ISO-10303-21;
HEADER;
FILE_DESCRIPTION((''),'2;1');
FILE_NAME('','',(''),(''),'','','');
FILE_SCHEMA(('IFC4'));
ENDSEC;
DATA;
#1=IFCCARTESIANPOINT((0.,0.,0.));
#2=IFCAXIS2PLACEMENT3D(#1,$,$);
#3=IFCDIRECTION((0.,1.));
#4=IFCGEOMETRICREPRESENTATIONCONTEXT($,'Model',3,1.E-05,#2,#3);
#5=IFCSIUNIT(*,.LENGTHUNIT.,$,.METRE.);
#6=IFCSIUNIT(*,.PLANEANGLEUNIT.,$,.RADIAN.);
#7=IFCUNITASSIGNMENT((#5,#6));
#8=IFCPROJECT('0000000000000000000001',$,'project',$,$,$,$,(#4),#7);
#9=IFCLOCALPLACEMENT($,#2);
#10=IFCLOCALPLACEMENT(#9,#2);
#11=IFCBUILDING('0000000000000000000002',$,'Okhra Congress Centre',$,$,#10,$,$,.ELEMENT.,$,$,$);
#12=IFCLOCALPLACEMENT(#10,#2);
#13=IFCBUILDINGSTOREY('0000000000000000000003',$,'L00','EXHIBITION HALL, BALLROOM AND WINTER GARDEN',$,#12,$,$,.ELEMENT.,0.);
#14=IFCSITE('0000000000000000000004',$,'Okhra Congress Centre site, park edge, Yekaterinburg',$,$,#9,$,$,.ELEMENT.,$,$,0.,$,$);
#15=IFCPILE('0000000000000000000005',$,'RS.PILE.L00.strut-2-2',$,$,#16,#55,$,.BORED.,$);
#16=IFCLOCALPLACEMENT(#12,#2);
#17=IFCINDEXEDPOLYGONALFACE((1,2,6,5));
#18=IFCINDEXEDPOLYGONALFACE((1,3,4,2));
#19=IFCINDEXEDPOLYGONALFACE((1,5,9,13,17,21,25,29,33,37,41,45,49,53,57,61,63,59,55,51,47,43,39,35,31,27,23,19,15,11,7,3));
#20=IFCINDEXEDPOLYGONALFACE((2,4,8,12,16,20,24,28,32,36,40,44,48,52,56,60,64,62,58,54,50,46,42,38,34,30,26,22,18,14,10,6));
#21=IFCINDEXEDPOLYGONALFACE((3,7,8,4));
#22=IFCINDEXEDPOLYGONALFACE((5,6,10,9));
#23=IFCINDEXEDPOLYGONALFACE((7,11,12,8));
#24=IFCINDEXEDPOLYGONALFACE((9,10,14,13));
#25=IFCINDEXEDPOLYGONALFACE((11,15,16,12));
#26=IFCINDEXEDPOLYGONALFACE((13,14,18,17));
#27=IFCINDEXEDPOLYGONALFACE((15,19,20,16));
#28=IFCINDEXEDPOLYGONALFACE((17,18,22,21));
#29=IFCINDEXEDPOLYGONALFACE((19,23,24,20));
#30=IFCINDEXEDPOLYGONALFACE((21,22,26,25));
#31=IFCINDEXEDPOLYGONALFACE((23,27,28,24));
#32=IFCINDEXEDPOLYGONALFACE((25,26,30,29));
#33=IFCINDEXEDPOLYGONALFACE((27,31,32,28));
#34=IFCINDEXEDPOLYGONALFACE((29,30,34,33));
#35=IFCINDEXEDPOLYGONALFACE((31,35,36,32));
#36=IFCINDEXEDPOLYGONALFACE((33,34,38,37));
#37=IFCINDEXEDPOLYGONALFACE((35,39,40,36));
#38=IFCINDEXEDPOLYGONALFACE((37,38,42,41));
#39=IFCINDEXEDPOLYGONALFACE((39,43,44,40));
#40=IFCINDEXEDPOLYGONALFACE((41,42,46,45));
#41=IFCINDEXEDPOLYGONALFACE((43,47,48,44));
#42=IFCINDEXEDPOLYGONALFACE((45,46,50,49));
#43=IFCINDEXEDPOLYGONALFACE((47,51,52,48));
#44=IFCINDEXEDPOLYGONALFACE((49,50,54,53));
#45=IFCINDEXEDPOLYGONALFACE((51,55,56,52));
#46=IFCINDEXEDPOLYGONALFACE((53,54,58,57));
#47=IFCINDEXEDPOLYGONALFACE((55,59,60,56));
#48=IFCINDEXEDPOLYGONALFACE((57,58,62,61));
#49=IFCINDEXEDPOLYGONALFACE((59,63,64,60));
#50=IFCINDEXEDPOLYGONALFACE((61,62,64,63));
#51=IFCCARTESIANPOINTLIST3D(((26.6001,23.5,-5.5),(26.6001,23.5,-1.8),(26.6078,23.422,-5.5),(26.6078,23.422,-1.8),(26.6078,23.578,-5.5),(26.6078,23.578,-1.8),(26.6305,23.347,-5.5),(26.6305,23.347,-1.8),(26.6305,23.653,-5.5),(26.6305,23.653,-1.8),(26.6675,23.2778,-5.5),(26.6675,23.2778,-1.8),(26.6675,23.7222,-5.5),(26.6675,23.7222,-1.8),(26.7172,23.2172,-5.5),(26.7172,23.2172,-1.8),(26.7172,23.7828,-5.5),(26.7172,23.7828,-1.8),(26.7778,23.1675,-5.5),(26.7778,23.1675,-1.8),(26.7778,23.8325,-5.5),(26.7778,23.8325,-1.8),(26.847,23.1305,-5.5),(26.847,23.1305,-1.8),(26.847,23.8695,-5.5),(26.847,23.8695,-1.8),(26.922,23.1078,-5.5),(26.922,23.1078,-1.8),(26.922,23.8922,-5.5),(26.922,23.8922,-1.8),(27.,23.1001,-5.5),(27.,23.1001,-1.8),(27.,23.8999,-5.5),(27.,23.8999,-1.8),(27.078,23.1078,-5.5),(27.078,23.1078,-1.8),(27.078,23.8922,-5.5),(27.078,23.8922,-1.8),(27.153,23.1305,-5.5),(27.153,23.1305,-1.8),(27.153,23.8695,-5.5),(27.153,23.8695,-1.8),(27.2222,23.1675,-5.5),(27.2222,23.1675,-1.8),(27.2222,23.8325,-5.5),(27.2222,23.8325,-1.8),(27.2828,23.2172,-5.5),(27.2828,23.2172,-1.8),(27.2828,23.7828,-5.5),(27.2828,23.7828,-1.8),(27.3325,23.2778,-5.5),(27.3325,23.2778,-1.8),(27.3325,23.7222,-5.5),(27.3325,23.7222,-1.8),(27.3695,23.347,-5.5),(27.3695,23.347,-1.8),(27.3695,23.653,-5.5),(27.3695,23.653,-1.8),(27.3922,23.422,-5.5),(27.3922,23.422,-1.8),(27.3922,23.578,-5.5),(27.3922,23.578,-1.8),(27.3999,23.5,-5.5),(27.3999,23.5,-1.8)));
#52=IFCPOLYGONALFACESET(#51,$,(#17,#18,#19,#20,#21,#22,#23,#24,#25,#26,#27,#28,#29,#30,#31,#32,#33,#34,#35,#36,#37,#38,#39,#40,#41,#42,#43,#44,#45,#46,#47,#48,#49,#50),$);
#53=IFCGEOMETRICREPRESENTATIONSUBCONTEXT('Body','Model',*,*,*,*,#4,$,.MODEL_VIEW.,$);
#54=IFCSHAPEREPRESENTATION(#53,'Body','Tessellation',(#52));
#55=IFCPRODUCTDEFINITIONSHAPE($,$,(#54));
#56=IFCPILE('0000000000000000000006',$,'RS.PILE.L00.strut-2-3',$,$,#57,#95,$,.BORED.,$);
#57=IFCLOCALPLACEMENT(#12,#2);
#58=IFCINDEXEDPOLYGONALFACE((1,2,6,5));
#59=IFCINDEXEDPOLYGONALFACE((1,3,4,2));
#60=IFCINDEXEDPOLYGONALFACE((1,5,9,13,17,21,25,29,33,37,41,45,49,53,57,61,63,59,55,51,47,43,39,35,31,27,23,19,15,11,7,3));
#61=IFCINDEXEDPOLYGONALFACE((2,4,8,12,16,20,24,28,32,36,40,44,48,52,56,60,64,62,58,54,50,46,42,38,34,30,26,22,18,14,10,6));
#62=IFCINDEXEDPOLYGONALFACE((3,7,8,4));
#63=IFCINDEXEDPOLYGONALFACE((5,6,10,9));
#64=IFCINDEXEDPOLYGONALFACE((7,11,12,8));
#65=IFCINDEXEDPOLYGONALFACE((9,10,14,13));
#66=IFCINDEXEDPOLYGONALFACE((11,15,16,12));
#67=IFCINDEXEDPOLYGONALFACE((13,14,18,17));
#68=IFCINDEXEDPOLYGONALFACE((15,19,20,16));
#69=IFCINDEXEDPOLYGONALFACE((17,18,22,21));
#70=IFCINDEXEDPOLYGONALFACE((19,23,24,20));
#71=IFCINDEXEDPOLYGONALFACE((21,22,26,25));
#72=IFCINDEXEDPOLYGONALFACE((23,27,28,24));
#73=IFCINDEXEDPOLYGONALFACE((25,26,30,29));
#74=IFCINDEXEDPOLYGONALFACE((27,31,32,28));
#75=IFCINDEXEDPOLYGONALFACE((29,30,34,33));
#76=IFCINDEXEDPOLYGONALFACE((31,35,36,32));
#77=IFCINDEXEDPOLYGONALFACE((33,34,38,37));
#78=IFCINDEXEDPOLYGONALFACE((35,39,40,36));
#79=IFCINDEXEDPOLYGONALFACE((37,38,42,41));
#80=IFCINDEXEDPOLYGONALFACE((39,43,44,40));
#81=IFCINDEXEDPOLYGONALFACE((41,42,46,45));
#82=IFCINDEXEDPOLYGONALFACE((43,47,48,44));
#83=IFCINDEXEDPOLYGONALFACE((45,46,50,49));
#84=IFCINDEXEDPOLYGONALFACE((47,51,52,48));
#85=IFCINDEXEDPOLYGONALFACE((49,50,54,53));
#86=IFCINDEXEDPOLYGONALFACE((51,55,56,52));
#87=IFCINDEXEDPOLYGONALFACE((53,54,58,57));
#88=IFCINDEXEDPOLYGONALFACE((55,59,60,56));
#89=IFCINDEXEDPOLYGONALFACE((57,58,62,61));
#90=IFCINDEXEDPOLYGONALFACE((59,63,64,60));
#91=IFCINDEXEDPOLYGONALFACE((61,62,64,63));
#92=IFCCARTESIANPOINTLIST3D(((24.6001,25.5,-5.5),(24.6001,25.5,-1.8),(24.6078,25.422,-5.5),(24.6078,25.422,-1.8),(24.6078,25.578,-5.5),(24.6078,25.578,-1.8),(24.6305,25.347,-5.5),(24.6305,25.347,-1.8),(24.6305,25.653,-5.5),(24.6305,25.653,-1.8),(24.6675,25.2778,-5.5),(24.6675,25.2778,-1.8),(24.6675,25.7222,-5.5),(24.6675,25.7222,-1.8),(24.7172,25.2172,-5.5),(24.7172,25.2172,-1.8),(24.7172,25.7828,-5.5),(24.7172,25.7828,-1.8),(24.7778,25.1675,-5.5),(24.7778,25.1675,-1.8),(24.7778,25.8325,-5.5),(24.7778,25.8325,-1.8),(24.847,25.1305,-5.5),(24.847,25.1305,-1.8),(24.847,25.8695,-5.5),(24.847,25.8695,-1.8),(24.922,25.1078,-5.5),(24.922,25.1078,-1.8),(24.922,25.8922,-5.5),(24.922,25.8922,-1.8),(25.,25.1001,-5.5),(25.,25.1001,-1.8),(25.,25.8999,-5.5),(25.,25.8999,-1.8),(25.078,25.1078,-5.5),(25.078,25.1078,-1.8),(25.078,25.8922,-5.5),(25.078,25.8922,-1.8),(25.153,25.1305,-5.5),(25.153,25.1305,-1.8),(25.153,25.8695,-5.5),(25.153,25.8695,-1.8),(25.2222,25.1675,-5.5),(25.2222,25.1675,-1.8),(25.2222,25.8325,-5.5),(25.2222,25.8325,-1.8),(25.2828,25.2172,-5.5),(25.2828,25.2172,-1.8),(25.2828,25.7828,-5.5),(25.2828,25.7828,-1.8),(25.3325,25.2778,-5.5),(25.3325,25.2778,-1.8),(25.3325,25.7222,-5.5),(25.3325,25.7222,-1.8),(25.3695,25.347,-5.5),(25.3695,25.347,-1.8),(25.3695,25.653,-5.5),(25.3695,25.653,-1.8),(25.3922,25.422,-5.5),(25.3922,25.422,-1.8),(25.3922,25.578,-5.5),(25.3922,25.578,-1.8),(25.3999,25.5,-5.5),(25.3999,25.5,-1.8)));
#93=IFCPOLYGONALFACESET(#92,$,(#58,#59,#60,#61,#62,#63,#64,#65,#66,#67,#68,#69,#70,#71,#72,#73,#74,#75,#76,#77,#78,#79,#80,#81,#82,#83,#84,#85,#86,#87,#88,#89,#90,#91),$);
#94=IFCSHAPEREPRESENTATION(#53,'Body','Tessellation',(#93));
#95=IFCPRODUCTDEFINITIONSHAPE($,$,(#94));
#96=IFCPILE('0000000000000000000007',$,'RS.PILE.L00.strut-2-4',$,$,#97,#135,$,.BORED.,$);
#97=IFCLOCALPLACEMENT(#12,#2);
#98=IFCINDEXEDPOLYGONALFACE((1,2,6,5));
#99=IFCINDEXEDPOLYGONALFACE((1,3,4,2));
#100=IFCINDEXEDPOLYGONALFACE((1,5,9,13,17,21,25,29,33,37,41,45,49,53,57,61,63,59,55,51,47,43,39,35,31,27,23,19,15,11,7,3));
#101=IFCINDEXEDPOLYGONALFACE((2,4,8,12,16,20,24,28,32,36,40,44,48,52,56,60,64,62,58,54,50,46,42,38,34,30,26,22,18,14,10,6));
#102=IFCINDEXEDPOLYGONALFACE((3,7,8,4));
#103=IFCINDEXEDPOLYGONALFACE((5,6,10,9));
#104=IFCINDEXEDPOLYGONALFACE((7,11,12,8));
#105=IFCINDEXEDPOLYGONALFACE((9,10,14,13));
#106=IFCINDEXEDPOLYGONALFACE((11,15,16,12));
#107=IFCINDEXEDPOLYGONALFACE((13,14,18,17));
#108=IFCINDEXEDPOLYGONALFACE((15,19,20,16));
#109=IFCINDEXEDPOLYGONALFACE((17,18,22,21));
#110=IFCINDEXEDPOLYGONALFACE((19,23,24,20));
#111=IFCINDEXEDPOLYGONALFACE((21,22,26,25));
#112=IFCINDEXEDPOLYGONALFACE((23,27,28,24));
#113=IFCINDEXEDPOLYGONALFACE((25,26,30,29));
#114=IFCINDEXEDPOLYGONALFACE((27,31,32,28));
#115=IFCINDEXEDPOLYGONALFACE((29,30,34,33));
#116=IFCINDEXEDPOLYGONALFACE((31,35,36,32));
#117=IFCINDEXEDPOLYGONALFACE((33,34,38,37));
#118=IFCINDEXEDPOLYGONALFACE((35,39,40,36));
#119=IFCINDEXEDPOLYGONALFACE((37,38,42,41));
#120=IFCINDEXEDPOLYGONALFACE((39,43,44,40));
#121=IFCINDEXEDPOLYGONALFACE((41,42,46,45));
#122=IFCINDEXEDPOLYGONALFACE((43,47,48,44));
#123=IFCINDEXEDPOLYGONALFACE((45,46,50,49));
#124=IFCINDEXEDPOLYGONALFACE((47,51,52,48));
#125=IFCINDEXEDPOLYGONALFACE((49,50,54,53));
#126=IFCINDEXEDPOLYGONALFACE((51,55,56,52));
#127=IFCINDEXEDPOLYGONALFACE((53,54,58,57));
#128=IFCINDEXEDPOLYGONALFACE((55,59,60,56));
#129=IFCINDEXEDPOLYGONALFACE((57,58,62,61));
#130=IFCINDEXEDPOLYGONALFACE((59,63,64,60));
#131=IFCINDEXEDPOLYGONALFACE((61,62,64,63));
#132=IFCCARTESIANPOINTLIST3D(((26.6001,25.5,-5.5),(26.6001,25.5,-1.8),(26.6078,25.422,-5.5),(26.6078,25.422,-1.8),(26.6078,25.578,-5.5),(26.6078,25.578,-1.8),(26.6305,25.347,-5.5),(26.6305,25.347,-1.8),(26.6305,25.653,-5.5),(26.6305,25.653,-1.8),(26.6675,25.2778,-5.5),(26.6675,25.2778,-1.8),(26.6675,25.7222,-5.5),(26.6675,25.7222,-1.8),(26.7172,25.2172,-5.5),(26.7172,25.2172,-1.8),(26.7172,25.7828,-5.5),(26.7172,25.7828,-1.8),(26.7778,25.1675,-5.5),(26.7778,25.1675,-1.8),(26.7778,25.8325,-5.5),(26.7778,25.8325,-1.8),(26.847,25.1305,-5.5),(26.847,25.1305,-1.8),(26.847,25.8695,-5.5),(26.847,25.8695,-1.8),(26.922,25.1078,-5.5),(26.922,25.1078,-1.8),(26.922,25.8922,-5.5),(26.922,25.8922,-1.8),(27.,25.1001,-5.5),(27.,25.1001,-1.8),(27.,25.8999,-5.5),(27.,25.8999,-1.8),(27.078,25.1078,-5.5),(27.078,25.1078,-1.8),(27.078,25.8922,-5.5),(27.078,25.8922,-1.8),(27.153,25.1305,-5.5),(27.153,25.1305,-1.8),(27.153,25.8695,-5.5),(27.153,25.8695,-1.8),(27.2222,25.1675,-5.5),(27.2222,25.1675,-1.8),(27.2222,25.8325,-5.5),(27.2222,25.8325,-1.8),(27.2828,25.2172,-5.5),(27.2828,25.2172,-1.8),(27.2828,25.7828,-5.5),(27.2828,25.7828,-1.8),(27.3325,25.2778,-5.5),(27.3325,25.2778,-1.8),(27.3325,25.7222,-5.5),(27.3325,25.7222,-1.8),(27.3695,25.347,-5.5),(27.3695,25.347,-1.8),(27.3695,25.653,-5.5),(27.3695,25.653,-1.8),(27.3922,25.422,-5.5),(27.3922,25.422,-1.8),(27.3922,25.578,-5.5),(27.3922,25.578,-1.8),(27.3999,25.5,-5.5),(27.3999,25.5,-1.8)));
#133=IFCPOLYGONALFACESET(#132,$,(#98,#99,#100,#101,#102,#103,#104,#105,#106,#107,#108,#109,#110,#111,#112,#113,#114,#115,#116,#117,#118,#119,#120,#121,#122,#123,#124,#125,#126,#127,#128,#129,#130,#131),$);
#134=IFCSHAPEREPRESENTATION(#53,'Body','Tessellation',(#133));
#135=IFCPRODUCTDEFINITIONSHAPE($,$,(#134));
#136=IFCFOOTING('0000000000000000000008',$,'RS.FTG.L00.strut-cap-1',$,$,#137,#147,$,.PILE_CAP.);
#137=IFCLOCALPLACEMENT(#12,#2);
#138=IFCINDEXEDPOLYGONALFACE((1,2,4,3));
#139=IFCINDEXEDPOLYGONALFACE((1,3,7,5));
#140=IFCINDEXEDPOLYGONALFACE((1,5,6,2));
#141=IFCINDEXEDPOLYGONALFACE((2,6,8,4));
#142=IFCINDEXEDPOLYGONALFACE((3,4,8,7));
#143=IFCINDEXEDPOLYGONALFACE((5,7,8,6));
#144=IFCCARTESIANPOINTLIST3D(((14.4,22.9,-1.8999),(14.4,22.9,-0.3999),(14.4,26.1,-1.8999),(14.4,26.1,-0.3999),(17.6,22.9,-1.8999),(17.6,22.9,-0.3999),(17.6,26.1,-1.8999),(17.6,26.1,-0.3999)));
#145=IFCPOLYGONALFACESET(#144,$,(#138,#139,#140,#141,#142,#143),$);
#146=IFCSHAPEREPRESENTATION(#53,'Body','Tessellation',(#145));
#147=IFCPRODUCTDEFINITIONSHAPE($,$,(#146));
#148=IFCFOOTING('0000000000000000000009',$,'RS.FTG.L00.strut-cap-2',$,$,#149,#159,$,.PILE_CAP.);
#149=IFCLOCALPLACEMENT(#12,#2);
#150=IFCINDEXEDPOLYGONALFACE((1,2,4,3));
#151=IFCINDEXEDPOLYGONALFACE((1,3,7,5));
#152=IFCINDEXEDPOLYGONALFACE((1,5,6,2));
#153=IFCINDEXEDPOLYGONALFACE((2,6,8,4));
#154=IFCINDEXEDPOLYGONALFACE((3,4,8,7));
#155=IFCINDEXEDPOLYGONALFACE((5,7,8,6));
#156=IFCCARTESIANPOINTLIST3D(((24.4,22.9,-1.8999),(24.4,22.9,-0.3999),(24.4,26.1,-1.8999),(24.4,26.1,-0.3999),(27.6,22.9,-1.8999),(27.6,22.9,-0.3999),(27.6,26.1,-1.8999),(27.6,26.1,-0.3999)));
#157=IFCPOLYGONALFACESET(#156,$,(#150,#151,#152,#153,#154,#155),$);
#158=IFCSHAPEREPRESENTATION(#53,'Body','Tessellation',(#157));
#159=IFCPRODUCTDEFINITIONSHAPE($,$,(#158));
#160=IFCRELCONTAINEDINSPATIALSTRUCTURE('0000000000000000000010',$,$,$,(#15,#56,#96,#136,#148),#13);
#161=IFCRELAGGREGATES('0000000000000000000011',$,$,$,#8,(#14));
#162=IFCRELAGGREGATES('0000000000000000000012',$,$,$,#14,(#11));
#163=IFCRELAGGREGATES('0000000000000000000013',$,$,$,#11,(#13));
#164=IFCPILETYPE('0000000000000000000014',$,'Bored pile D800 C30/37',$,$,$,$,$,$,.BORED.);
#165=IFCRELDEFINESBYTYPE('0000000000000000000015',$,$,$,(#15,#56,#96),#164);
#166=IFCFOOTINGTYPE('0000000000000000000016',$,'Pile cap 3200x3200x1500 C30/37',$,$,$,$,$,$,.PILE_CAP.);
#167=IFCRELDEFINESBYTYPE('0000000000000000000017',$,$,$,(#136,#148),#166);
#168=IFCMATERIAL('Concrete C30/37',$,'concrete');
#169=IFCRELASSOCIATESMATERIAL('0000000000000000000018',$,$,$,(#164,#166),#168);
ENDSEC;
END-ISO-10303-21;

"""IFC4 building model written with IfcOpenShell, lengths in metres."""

from ifc_helpers import new_model, si_unit, direction, frame, origin, origin_2d, place, context, subcontext, project, spatial, rectangle, circle, extrude, material, material_profile, profile_set, type_object, element, save


model = new_model("IFC4")

# Units and contexts
model_context = context("Model", 3, precision=1e-05, world=origin(), true_north=direction((0.0, 1.0)))
body_context = subcontext(model_context, "Body", "Model", "MODEL_VIEW")
ifc_project = project(units=[si_unit("LENGTHUNIT", "METRE"), si_unit("PLANEANGLEUNIT", "RADIAN")], contexts=[model_context])

# Site, building, storey
site_placement = place(None, origin())
site = spatial("IfcSite", under=ifc_project, at=site_placement, Name="Okhra Congress Centre site, park edge, Yekaterinburg", CompositionType="ELEMENT", RefElevation=0.0)
building_placement = place(site_placement, origin())
building = spatial("IfcBuilding", under=site, at=building_placement, Name="Okhra Congress Centre", CompositionType="ELEMENT")
storey_placement = place(building_placement, origin())
storey = spatial("IfcBuildingStorey", under=building, at=storey_placement, Name="L00", Description="EXHIBITION HALL, BALLROOM AND WINTER GARDEN", CompositionType="ELEMENT", Elevation=0.0)

# Piles
ifc_material_1 = material(Name="Concrete C30/37", Category="concrete")
ifc_material_profile_1 = material_profile(ifc_material_1, circle(Radius=0.3999, at=origin_2d()), Name="D800")
ifc_profile_set_1 = profile_set([ifc_material_profile_1], Name="Concrete C30/37")
pile_type = type_object("IfcPileType", Name="Bored pile D800 C30/37", PredefinedType="BORED", material=ifc_profile_set_1)
for number, where, z_axis, x_axis, name in (
    (1, (27.0, 23.5, -1.8), (0.0, 0.0, -1.0), (1.0, 0.0, 0.0), "RS.PILE.L00.strut-2-2"),
    (2, (25.0, 25.5, -1.8), (0.0, 0.0, -1.0), (1.0, 0.0, 0.0), "RS.PILE.L00.strut-2-3"),
    (3, (27.0, 25.5, -1.8), (0.0, 0.0, -1.0), (1.0, 0.0, 0.0), "RS.PILE.L00.strut-2-4"),
):
    element("IfcPile", number, at=place(storey_placement, frame(where, z_axis=z_axis, x_axis=x_axis)), inside=storey, type_object=pile_type, Name=name, PredefinedType="BORED", context=body_context, shape_type="SweptSolid", body=[
        extrude(circle(Radius=0.3999, at=origin_2d()), origin(), (0.0, 0.0, 1.0), 3.7),
    ])

# Footings
footing_type = type_object("IfcFootingType", Name="Pile cap 3200x3200x1500 C30/37", PredefinedType="PILE_CAP", material=ifc_material_1)
for number, where, z_axis, x_axis, name in (
    (4, (16.0, 24.5, -1.8999), (0.0, 0.0, 1.0), (1.0, 0.0, 0.0), "RS.FTG.L00.strut-cap-1"),
    (5, (26.0, 24.5, -1.8999), (0.0, 0.0, 1.0), (1.0, 0.0, 0.0), "RS.FTG.L00.strut-cap-2"),
):
    element("IfcFooting", number, at=place(storey_placement, frame(where, z_axis=z_axis, x_axis=x_axis)), inside=storey, type_object=footing_type, Name=name, PredefinedType="PILE_CAP", context=body_context, shape_type="SweptSolid", body=[
        extrude(rectangle(XDim=3.2, YDim=3.2, at=origin_2d()), origin(), (0.0, 0.0, 1.0), 1.5),
    ])

save(model, "model.ifc")
